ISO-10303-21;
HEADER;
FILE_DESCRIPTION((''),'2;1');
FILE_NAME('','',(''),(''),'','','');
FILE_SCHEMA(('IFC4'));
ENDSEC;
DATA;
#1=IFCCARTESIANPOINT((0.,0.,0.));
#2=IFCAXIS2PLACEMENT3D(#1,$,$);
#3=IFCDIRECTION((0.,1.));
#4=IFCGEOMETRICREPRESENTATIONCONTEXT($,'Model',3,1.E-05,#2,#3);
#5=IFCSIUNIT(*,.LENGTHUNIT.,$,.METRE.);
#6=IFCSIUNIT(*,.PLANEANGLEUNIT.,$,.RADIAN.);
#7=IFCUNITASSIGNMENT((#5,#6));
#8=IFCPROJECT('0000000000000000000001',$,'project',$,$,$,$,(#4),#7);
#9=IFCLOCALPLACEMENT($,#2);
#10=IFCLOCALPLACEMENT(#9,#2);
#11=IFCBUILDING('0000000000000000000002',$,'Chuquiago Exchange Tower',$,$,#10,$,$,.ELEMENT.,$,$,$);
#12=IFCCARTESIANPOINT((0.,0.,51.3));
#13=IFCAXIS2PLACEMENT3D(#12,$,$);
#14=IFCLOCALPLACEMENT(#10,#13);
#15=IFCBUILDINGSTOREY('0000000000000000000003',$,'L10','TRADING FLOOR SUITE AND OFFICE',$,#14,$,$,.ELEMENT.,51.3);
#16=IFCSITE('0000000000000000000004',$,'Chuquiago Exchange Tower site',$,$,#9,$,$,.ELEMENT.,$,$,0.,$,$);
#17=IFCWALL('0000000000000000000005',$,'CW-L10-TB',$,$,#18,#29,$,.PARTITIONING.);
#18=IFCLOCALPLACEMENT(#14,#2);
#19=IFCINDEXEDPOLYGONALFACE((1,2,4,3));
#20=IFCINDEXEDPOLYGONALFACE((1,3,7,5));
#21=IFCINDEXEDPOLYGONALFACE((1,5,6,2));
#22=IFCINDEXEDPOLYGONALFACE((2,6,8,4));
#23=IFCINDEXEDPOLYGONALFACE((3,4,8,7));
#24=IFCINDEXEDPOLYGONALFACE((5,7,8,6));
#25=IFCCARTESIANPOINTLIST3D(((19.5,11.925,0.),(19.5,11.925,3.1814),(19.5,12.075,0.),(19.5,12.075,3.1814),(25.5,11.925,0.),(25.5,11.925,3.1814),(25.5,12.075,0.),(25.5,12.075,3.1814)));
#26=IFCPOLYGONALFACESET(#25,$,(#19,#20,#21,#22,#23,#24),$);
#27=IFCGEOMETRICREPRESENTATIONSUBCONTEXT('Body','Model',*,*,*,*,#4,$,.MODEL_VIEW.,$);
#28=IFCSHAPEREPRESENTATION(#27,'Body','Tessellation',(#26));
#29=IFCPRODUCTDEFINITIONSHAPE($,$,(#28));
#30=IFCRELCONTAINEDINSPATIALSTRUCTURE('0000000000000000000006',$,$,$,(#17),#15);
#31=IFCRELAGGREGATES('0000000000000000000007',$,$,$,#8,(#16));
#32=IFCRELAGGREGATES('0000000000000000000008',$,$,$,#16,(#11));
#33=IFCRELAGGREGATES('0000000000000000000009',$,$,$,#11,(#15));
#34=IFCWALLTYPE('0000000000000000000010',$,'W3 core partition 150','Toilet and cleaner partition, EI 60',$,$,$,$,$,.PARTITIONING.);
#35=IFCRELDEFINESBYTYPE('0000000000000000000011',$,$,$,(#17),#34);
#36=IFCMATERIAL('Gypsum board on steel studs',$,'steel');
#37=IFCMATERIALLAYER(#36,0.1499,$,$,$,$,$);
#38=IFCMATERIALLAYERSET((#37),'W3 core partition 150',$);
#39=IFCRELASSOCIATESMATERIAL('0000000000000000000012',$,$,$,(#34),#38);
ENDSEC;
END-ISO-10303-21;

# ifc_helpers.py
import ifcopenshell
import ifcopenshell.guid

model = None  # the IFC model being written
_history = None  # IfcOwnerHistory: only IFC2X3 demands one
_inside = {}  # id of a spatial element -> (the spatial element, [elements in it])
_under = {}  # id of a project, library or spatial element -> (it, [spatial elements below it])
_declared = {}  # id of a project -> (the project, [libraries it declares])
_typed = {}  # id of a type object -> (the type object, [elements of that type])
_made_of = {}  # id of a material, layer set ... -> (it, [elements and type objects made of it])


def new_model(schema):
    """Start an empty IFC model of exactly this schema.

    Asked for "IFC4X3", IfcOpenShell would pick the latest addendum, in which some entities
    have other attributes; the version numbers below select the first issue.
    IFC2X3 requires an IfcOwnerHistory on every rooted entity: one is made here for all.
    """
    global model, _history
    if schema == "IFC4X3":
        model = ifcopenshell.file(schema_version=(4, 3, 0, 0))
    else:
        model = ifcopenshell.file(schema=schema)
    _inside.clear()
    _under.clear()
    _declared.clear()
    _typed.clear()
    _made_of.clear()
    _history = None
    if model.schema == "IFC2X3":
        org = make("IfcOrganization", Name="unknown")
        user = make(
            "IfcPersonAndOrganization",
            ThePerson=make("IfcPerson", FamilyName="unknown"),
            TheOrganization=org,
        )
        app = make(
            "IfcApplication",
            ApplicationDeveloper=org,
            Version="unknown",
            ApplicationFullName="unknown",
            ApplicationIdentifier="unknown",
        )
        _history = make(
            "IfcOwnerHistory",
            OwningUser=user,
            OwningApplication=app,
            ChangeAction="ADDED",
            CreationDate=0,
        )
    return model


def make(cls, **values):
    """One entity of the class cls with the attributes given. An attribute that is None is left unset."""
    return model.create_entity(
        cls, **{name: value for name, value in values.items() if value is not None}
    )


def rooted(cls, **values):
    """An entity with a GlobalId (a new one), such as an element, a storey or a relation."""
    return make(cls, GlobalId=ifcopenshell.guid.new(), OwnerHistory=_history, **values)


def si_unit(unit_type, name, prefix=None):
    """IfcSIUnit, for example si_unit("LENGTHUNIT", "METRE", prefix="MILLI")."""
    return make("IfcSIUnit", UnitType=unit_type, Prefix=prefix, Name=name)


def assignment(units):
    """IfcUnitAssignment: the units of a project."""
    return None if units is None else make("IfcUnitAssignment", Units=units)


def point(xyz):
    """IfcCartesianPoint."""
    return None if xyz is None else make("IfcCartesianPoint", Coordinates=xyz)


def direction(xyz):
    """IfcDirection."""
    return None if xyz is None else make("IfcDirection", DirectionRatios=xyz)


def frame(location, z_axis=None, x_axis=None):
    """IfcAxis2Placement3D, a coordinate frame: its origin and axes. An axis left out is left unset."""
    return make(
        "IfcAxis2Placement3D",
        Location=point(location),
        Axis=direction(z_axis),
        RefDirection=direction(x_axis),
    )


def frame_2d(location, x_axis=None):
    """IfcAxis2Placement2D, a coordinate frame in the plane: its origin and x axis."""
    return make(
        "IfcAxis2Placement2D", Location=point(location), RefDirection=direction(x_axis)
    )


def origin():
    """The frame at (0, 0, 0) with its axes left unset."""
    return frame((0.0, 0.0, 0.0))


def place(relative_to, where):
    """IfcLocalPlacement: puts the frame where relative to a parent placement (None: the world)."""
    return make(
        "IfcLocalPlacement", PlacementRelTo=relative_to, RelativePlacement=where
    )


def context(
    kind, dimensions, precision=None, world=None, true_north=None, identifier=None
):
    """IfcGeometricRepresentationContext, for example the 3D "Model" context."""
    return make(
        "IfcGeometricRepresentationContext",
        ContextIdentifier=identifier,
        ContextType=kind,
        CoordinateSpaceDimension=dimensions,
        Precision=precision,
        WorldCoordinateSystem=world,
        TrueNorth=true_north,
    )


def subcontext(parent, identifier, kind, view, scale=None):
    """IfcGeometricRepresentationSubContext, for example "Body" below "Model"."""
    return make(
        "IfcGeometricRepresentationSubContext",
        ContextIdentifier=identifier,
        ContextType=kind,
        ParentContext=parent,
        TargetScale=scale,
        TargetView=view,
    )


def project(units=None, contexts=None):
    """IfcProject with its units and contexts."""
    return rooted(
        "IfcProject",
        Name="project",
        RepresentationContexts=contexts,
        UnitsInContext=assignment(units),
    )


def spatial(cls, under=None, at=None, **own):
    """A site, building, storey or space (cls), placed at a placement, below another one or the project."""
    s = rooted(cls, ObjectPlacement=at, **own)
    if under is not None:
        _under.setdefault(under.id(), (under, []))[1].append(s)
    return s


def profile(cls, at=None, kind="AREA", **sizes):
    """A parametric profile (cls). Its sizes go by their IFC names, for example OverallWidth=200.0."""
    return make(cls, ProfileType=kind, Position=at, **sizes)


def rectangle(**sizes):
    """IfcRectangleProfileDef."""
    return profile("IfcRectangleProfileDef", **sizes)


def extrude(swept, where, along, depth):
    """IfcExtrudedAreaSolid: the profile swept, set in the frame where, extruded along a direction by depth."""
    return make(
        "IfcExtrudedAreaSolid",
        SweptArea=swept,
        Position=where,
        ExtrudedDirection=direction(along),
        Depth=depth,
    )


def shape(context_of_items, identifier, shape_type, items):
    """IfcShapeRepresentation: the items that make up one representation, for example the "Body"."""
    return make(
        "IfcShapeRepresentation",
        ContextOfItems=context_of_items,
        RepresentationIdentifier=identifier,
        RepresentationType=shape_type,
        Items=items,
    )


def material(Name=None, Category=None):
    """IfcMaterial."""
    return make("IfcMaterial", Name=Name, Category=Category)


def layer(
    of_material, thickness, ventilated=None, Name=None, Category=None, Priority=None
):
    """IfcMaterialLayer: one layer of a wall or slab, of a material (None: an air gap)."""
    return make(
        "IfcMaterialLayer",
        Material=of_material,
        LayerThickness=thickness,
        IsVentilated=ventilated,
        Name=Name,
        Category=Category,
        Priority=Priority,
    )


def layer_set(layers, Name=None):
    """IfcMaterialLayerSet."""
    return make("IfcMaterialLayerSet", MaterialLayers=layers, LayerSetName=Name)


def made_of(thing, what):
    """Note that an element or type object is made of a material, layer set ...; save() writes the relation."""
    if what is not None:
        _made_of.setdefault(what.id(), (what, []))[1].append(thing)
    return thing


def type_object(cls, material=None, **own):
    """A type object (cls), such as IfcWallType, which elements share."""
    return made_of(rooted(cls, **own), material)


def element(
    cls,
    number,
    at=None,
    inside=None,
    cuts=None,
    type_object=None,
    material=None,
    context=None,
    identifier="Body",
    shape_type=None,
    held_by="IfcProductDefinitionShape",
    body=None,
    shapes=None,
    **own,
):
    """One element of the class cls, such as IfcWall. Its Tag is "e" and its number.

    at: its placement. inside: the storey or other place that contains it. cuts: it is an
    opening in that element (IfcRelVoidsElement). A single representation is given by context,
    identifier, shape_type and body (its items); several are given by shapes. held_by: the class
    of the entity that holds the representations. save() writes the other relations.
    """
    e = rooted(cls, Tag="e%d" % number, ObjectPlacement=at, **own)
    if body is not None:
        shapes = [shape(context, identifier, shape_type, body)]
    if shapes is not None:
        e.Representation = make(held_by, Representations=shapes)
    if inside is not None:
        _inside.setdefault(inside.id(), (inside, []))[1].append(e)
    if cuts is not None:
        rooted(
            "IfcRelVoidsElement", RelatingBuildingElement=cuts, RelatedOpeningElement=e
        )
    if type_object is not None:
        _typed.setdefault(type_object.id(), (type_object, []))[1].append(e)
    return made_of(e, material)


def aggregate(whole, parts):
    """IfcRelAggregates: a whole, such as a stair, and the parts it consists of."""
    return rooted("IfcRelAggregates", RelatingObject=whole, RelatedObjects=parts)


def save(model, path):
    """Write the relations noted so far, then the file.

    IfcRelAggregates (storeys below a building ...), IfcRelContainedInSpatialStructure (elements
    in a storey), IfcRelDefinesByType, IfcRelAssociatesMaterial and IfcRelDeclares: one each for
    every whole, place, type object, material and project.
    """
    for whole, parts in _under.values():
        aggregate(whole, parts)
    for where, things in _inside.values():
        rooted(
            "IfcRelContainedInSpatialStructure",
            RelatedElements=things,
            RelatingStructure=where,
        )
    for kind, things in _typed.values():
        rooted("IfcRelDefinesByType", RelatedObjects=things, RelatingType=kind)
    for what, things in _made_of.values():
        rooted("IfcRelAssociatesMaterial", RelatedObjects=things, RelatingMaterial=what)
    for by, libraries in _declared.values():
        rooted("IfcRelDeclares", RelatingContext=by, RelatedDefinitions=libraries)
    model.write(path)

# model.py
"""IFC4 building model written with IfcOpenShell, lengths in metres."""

from ifc_helpers import new_model, si_unit, direction, frame, frame_2d, origin, place, context, subcontext, project, spatial, rectangle, extrude, material, layer, layer_set, type_object, element, save


model = new_model("IFC4")

# Units and contexts
model_context = context("Model", 3, precision=1e-05, world=origin(), true_north=direction((0.0, 1.0)))
body_context = subcontext(model_context, "Body", "Model", "MODEL_VIEW")
ifc_project = project(units=[si_unit("LENGTHUNIT", "METRE"), si_unit("PLANEANGLEUNIT", "RADIAN")], contexts=[model_context])

# Site, building, storey
site_placement = place(None, origin())
site = spatial("IfcSite", under=ifc_project, at=site_placement, Name="Chuquiago Exchange Tower site", CompositionType="ELEMENT", RefElevation=0.0)
building_placement = place(site_placement, origin())
building = spatial("IfcBuilding", under=site, at=building_placement, Name="Chuquiago Exchange Tower", CompositionType="ELEMENT")
storey_placement = place(building_placement, frame((0.0, 0.0, 51.3)))
storey = spatial("IfcBuildingStorey", under=building, at=storey_placement, Name="L10", Description="TRADING FLOOR SUITE AND OFFICE", CompositionType="ELEMENT", Elevation=51.3)

# Shared definitions
ifc_material_1 = material(Name="Gypsum board on steel studs", Category="steel")
ifc_layer_1 = layer(ifc_material_1, 0.1499)
ifc_layer_set_1 = layer_set([ifc_layer_1], Name="W3 core partition 150")
wall_type_1 = type_object("IfcWallType", Name="W3 core partition 150", Description="Toilet and cleaner partition, EI 60", PredefinedType="PARTITIONING", material=ifc_layer_set_1)

# Wall
wall_1_placement = place(storey_placement, frame((19.5, 12.0, 0.0), z_axis=(0.0, 0.0, 1.0), x_axis=(1.0, 0.0, 0.0)))
element("IfcWall", 1, at=wall_1_placement, inside=storey, type_object=wall_type_1, Name="CW-L10-TB", PredefinedType="PARTITIONING", context=body_context, shape_type="SweptSolid", body=[
    extrude(rectangle(XDim=6.0, YDim=0.1499, at=frame_2d((3.0, 0.0))), origin(), (0.0, 0.0, 1.0), 3.1814),
])

save(model, "model.ifc")
